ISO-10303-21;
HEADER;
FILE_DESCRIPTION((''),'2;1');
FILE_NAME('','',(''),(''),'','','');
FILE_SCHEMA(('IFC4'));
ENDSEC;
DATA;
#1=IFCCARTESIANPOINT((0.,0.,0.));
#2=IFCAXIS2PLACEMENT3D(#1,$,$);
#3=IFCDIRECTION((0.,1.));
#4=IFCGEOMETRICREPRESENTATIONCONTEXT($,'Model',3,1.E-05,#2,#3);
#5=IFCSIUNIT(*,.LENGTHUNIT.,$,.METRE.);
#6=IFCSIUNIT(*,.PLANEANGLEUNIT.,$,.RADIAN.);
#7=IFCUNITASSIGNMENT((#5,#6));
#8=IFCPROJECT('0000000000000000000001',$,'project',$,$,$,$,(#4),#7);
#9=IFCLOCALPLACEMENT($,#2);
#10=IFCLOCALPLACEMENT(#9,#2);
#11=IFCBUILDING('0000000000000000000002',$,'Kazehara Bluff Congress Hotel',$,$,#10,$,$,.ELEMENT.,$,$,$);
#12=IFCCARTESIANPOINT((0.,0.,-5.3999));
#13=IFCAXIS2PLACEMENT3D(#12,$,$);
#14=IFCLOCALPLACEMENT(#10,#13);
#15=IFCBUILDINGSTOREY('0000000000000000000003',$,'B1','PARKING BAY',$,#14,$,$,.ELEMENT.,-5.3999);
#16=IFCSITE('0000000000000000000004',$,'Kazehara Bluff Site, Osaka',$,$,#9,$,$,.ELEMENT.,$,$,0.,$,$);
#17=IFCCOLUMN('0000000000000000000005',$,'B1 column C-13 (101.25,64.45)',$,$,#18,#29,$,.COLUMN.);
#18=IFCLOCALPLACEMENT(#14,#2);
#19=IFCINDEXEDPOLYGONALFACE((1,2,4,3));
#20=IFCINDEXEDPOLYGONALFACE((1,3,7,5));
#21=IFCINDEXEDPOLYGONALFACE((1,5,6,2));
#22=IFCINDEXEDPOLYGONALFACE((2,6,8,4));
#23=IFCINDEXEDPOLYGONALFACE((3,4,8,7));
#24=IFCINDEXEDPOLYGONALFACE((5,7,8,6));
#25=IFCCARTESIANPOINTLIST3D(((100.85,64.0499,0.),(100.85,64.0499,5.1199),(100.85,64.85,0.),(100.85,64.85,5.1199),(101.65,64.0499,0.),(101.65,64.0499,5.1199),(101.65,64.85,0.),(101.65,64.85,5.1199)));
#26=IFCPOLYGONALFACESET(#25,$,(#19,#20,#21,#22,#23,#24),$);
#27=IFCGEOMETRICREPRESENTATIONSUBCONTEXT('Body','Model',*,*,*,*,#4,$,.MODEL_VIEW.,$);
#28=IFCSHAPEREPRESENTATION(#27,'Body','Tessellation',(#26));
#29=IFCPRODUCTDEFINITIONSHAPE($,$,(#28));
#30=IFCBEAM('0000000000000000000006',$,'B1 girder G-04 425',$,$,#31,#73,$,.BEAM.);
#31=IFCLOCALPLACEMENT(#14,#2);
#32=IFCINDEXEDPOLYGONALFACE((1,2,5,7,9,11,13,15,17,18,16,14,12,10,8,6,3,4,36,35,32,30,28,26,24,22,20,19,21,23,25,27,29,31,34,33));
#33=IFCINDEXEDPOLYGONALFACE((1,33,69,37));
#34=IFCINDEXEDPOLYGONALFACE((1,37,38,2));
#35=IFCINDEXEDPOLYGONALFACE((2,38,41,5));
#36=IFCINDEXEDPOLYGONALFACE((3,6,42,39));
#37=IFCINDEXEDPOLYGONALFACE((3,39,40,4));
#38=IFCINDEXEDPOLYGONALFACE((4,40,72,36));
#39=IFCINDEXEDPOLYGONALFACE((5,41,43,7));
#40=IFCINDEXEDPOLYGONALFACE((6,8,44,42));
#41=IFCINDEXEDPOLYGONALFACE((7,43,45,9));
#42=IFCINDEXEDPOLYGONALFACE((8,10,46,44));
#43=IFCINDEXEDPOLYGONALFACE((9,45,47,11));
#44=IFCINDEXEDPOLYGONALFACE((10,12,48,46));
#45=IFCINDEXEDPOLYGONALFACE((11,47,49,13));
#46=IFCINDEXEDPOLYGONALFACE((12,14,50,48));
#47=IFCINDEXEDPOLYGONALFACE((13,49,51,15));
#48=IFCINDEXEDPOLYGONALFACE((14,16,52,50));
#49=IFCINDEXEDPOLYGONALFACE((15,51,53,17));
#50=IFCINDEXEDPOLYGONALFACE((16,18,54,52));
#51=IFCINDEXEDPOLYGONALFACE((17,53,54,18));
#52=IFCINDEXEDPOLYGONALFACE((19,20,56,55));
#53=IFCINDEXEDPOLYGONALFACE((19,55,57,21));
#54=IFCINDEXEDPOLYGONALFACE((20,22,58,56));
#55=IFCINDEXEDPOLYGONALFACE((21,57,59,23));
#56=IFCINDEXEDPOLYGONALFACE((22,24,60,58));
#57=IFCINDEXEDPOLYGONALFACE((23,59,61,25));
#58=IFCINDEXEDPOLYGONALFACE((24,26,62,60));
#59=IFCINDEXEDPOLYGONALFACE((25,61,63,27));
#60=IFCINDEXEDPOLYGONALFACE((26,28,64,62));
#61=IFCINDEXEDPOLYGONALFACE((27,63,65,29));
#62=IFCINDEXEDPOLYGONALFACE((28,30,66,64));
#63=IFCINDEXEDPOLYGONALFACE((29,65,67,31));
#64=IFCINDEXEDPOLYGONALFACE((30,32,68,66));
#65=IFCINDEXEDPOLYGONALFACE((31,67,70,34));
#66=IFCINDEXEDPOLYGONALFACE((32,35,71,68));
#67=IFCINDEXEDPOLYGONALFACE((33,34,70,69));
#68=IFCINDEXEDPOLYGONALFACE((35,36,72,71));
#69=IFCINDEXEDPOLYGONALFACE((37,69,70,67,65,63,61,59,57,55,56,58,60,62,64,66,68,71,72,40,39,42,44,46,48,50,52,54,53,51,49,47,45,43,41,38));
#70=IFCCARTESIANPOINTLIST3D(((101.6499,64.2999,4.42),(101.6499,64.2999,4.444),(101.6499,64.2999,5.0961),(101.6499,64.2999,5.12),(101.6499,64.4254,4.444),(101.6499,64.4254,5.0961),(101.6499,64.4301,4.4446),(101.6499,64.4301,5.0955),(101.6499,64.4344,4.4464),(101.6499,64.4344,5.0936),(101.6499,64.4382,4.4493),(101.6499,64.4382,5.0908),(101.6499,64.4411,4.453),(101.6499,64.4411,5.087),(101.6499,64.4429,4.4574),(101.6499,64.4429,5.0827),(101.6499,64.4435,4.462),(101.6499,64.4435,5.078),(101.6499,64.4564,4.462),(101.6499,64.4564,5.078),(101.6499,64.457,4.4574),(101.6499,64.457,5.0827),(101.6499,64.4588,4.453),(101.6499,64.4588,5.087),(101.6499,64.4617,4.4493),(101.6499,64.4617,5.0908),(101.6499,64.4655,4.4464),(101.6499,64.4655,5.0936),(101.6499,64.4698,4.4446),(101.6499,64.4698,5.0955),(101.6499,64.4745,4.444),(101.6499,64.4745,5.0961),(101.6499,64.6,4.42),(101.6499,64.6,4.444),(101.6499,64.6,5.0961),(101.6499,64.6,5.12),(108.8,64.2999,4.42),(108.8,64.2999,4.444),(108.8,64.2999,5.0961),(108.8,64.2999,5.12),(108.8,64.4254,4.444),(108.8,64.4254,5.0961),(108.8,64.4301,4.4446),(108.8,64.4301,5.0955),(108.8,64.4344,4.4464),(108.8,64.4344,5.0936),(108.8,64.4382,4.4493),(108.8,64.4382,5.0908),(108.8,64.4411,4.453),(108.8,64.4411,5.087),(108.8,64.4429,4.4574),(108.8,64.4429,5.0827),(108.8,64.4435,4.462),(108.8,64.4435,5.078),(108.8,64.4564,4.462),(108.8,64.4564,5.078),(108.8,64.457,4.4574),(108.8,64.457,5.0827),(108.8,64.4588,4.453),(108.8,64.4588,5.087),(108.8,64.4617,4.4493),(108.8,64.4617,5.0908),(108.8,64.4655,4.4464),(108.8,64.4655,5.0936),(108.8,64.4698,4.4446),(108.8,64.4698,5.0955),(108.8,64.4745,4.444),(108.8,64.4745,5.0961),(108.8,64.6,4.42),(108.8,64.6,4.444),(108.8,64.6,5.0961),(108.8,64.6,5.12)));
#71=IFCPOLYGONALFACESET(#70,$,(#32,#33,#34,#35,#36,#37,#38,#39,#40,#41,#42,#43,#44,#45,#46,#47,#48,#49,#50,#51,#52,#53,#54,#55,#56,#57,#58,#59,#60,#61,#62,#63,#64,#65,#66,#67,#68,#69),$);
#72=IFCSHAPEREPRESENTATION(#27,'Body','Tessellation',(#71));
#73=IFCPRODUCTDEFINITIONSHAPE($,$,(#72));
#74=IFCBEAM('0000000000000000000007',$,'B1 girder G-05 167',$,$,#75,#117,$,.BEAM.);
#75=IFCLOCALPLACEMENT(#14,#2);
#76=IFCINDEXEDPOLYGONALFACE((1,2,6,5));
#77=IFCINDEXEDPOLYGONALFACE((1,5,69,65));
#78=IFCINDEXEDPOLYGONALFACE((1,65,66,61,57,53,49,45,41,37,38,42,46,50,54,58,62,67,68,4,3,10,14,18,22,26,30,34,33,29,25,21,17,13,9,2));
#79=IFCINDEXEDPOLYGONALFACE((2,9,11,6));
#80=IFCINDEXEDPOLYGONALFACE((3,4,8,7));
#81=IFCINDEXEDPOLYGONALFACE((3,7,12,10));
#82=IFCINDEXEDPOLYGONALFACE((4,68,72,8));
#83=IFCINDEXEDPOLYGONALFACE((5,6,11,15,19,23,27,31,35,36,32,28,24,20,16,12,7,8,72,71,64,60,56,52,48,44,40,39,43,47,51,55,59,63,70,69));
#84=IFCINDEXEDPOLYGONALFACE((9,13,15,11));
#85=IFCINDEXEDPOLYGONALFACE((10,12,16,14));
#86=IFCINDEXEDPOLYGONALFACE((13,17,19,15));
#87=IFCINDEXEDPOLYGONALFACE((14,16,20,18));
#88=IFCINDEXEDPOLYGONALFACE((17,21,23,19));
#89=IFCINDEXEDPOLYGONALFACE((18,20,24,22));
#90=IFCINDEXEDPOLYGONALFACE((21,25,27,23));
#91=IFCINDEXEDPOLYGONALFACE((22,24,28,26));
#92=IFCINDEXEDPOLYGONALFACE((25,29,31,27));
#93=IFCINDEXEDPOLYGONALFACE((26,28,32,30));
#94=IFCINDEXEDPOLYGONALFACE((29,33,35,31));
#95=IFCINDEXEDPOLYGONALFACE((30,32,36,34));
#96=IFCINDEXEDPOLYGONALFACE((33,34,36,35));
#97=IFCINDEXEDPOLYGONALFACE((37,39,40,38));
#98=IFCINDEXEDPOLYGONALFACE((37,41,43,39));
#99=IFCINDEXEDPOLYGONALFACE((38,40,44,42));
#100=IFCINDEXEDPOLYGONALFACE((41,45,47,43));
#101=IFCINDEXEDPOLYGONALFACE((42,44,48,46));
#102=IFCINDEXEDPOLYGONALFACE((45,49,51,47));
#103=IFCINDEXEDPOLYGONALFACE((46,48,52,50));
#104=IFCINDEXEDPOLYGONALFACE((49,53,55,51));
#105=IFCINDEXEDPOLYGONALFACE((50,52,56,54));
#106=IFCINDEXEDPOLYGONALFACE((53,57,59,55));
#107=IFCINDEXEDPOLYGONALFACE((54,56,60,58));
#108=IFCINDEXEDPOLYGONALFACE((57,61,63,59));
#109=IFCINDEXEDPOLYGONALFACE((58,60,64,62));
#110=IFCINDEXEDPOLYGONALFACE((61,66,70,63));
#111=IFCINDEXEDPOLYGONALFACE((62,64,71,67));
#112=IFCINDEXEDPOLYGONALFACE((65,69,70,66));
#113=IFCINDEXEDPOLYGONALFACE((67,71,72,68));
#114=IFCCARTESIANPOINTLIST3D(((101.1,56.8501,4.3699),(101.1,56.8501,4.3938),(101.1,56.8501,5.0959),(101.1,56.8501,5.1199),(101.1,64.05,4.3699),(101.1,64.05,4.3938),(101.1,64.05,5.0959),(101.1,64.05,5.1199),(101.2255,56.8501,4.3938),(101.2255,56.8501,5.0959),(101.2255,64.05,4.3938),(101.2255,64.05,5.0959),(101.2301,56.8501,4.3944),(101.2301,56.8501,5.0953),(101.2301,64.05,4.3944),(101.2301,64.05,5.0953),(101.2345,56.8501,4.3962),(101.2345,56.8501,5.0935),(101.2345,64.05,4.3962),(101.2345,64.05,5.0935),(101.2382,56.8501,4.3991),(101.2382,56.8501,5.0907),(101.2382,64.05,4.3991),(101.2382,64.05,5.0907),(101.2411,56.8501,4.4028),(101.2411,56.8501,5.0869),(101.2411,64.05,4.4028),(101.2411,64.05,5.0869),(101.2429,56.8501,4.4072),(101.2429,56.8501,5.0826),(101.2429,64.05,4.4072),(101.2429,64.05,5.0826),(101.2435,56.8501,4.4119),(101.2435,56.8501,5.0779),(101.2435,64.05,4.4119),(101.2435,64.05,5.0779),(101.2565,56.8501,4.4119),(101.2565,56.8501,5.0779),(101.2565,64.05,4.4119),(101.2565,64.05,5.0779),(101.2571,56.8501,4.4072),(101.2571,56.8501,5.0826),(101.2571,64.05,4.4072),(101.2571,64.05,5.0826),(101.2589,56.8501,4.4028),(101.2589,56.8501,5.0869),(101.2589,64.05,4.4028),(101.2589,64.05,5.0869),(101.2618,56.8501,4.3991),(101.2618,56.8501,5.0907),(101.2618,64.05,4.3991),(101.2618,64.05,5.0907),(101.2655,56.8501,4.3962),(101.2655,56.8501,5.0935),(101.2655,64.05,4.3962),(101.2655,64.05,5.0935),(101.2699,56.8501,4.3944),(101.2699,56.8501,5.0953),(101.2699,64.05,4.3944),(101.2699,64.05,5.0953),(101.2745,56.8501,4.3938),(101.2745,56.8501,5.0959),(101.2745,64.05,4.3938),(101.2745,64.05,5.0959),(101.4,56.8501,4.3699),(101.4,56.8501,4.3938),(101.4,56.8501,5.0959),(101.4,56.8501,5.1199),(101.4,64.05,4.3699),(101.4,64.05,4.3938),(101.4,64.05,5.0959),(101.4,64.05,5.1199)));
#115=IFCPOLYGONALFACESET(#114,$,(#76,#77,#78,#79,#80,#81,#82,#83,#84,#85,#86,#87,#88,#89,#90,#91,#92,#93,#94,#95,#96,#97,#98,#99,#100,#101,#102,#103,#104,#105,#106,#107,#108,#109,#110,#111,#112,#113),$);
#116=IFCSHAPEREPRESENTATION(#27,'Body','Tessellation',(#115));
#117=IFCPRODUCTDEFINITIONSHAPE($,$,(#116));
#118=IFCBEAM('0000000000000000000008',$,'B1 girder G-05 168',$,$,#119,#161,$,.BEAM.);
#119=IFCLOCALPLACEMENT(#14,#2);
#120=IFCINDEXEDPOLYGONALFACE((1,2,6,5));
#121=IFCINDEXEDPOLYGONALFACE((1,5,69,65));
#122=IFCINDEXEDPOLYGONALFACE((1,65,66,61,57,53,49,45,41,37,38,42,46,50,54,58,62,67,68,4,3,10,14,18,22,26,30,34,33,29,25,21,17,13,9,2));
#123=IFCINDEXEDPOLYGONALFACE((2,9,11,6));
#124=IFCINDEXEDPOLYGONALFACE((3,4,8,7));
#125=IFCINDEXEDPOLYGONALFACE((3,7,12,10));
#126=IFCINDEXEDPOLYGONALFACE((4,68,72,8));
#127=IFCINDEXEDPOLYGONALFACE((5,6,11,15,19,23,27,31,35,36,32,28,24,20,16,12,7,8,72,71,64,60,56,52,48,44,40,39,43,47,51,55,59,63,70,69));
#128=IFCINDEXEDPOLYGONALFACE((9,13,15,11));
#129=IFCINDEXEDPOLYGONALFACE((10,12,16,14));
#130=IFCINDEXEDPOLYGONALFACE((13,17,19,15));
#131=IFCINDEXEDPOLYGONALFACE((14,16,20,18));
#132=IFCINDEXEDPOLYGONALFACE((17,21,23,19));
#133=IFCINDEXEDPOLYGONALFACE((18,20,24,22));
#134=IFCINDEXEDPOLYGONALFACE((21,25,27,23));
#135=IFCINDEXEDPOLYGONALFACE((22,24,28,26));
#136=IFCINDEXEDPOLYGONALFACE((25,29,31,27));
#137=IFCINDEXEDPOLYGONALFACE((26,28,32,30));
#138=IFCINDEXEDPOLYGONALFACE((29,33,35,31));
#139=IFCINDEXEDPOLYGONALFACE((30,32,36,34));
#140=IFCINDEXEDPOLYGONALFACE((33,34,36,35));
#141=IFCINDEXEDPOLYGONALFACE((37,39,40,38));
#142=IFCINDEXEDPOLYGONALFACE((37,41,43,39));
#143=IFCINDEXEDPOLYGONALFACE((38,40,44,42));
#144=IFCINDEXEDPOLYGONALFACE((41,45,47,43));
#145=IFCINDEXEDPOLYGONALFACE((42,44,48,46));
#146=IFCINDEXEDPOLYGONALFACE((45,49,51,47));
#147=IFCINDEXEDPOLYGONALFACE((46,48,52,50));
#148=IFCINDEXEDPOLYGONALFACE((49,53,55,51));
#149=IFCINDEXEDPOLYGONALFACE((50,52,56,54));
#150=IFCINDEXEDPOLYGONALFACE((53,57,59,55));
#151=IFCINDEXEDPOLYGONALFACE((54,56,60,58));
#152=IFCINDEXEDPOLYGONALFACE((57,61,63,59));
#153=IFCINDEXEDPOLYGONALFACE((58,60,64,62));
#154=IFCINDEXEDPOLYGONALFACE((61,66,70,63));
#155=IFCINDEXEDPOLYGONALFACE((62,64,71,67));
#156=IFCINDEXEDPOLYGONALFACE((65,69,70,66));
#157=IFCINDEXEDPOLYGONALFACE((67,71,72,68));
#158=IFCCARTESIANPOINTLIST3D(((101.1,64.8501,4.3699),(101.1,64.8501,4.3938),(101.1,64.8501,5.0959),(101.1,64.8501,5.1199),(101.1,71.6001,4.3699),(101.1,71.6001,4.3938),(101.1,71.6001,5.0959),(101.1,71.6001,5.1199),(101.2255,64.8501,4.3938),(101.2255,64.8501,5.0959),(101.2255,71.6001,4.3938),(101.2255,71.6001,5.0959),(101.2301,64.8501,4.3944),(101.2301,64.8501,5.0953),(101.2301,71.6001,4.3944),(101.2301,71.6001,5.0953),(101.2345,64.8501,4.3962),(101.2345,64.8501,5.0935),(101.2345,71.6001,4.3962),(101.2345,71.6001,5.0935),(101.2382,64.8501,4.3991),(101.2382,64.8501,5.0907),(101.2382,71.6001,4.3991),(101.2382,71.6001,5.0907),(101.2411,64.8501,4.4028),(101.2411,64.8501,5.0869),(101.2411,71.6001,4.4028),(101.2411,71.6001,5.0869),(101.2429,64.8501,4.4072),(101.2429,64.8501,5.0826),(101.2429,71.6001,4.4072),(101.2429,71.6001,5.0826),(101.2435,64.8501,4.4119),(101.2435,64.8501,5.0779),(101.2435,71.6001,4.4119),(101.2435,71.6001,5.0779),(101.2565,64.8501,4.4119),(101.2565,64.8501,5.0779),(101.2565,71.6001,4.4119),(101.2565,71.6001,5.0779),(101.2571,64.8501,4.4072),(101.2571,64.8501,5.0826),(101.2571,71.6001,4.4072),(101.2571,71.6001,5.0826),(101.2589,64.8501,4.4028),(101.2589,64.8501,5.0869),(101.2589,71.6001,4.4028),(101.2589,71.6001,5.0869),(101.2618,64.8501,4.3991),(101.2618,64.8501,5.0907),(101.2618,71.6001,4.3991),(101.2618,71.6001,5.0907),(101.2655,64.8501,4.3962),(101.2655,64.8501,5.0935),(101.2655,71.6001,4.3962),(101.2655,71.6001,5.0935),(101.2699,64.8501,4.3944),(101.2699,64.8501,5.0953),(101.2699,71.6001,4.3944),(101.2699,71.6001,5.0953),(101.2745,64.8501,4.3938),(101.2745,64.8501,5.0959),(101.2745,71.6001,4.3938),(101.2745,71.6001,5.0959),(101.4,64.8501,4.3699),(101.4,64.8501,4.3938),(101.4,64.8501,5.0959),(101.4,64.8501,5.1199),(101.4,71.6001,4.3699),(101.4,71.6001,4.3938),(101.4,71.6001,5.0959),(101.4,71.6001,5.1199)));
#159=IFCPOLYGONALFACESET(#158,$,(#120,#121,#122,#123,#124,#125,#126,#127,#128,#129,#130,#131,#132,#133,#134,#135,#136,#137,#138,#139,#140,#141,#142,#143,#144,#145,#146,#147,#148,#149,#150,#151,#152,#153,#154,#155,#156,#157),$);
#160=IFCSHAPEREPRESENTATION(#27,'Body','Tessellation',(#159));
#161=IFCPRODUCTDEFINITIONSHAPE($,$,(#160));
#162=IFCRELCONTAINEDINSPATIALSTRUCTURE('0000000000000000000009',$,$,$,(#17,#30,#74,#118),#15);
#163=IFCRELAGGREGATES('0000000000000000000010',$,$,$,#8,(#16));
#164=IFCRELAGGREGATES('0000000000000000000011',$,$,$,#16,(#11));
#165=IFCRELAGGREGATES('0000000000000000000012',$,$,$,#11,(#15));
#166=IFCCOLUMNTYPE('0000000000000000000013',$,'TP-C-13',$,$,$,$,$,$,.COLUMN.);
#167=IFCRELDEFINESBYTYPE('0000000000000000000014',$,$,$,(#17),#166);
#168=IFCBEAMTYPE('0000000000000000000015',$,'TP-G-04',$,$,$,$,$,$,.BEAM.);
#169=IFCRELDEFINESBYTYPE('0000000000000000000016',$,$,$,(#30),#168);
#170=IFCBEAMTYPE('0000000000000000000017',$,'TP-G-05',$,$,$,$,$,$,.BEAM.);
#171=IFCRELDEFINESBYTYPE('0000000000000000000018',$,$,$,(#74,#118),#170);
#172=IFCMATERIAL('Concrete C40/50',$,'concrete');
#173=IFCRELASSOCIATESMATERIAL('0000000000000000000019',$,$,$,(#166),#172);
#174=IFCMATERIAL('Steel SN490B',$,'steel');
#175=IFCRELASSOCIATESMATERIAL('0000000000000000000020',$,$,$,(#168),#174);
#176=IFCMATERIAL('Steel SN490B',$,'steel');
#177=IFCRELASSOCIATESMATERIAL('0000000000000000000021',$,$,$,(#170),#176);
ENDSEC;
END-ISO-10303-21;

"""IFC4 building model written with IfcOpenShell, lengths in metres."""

from ifc_helpers import new_model, si_unit, direction, frame, origin, origin_2d, place, context, subcontext, project, spatial, rectangle, i_section, extrude, material, material_profile, profile_set, type_object, element, save


model = new_model("IFC4")

# Units and contexts
model_context = context("Model", 3, precision=1e-05, world=origin(), true_north=direction((0.0, 1.0)))
body_context = subcontext(model_context, "Body", "Model", "MODEL_VIEW")
ifc_project = project(units=[si_unit("LENGTHUNIT", "METRE"), si_unit("PLANEANGLEUNIT", "RADIAN")], contexts=[model_context])

# Site, building, storey
site_placement = place(None, origin())
site = spatial("IfcSite", under=ifc_project, at=site_placement, Name="Kazehara Bluff Site, Osaka", CompositionType="ELEMENT", RefElevation=0.0)
building_placement = place(site_placement, origin())
building = spatial("IfcBuilding", under=site, at=building_placement, Name="Kazehara Bluff Congress Hotel", CompositionType="ELEMENT")
storey_placement = place(building_placement, frame((0.0, 0.0, -5.3999)))
storey = spatial("IfcBuildingStorey", under=building, at=storey_placement, Name="B1", Description="PARKING BAY", CompositionType="ELEMENT", Elevation=-5.3999)

# Column
ifc_material_1 = material(Name="Concrete C40/50", Category="concrete")
ifc_material_profile_1 = material_profile(ifc_material_1, rectangle(XDim=0.8, YDim=0.8, at=origin_2d()))
ifc_profile_set_1 = profile_set([ifc_material_profile_1], Name="Concrete C40/50")
column_type = type_object("IfcColumnType", Name="TP-C-13", PredefinedType="COLUMN", material=ifc_profile_set_1)
column_placement = place(storey_placement, frame((101.25, 64.45, 0.0), z_axis=(0.0, 0.0, 1.0), x_axis=(1.0, 0.0, 0.0)))
element("IfcColumn", 1, at=column_placement, inside=storey, type_object=column_type, Name="B1 column C-13 (101.25,64.45)", PredefinedType="COLUMN", context=body_context, shape_type="SweptSolid", body=[
    extrude(rectangle(XDim=0.8, YDim=0.8, at=origin_2d()), origin(), (0.0, 0.0, 1.0), 5.1199),
])

# Beams
ifc_material_2 = material(Name="Steel SN490B", Category="steel")
ifc_material_profile_2 = material_profile(ifc_material_2, i_section(OverallWidth=0.3, OverallDepth=0.7, WebThickness=0.0129, FlangeThickness=0.0239, FilletRadius=0.0181, at=origin_2d()))
ifc_profile_set_2 = profile_set([ifc_material_profile_2], Name="Steel SN490B")
beam_type_1 = type_object("IfcBeamType", Name="TP-G-04", PredefinedType="BEAM", material=ifc_profile_set_2)
beam_1_placement = place(storey_placement, frame((101.6499, 64.45, 4.77), z_axis=(1.0, 0.0, 0.0), x_axis=(0.0, 1.0, 0.0)))
element("IfcBeam", 2, at=beam_1_placement, inside=storey, type_object=beam_type_1, Name="B1 girder G-04 425", PredefinedType="BEAM", context=body_context, shape_type="SweptSolid", body=[
    extrude(i_section(OverallWidth=0.3, OverallDepth=0.7, WebThickness=0.0129, FlangeThickness=0.0239, FilletRadius=0.0181, at=origin_2d()), origin(), (0.0, 0.0, 1.0), 7.1501),
])
ifc_material_3 = material(Name="Steel SN490B", Category="steel")
ifc_material_profile_3 = material_profile(ifc_material_3, i_section(OverallWidth=0.3, OverallDepth=0.75, WebThickness=0.0129, FlangeThickness=0.0239, FilletRadius=0.0181, at=origin_2d()))
ifc_profile_set_3 = profile_set([ifc_material_profile_3], Name="Steel SN490B")
beam_type_2 = type_object("IfcBeamType", Name="TP-G-05", PredefinedType="BEAM", material=ifc_profile_set_3)
beam_2_placement = place(storey_placement, frame((101.25, 56.8501, 4.7449), z_axis=(0.0, 1.0, 0.0), x_axis=(-1.0, 0.0, 0.0)))
element("IfcBeam", 3, at=beam_2_placement, inside=storey, type_object=beam_type_2, Name="B1 girder G-05 167", PredefinedType="BEAM", context=body_context, shape_type="SweptSolid", body=[
    extrude(i_section(OverallWidth=0.3, OverallDepth=0.75, WebThickness=0.0129, FlangeThickness=0.0239, FilletRadius=0.0181, at=origin_2d()), origin(), (0.0, 0.0, 1.0), 7.2),
])
beam_3_placement = place(storey_placement, frame((101.25, 64.8501, 4.7449), z_axis=(0.0, 1.0, 0.0), x_axis=(-1.0, 0.0, 0.0)))
element("IfcBeam", 4, at=beam_3_placement, inside=storey, type_object=beam_type_2, Name="B1 girder G-05 168", PredefinedType="BEAM", context=body_context, shape_type="SweptSolid", body=[
    extrude(i_section(OverallWidth=0.3, OverallDepth=0.75, WebThickness=0.0129, FlangeThickness=0.0239, FilletRadius=0.0181, at=origin_2d()), origin(), (0.0, 0.0, 1.0), 6.75),
])

save(model, "model.ifc")
